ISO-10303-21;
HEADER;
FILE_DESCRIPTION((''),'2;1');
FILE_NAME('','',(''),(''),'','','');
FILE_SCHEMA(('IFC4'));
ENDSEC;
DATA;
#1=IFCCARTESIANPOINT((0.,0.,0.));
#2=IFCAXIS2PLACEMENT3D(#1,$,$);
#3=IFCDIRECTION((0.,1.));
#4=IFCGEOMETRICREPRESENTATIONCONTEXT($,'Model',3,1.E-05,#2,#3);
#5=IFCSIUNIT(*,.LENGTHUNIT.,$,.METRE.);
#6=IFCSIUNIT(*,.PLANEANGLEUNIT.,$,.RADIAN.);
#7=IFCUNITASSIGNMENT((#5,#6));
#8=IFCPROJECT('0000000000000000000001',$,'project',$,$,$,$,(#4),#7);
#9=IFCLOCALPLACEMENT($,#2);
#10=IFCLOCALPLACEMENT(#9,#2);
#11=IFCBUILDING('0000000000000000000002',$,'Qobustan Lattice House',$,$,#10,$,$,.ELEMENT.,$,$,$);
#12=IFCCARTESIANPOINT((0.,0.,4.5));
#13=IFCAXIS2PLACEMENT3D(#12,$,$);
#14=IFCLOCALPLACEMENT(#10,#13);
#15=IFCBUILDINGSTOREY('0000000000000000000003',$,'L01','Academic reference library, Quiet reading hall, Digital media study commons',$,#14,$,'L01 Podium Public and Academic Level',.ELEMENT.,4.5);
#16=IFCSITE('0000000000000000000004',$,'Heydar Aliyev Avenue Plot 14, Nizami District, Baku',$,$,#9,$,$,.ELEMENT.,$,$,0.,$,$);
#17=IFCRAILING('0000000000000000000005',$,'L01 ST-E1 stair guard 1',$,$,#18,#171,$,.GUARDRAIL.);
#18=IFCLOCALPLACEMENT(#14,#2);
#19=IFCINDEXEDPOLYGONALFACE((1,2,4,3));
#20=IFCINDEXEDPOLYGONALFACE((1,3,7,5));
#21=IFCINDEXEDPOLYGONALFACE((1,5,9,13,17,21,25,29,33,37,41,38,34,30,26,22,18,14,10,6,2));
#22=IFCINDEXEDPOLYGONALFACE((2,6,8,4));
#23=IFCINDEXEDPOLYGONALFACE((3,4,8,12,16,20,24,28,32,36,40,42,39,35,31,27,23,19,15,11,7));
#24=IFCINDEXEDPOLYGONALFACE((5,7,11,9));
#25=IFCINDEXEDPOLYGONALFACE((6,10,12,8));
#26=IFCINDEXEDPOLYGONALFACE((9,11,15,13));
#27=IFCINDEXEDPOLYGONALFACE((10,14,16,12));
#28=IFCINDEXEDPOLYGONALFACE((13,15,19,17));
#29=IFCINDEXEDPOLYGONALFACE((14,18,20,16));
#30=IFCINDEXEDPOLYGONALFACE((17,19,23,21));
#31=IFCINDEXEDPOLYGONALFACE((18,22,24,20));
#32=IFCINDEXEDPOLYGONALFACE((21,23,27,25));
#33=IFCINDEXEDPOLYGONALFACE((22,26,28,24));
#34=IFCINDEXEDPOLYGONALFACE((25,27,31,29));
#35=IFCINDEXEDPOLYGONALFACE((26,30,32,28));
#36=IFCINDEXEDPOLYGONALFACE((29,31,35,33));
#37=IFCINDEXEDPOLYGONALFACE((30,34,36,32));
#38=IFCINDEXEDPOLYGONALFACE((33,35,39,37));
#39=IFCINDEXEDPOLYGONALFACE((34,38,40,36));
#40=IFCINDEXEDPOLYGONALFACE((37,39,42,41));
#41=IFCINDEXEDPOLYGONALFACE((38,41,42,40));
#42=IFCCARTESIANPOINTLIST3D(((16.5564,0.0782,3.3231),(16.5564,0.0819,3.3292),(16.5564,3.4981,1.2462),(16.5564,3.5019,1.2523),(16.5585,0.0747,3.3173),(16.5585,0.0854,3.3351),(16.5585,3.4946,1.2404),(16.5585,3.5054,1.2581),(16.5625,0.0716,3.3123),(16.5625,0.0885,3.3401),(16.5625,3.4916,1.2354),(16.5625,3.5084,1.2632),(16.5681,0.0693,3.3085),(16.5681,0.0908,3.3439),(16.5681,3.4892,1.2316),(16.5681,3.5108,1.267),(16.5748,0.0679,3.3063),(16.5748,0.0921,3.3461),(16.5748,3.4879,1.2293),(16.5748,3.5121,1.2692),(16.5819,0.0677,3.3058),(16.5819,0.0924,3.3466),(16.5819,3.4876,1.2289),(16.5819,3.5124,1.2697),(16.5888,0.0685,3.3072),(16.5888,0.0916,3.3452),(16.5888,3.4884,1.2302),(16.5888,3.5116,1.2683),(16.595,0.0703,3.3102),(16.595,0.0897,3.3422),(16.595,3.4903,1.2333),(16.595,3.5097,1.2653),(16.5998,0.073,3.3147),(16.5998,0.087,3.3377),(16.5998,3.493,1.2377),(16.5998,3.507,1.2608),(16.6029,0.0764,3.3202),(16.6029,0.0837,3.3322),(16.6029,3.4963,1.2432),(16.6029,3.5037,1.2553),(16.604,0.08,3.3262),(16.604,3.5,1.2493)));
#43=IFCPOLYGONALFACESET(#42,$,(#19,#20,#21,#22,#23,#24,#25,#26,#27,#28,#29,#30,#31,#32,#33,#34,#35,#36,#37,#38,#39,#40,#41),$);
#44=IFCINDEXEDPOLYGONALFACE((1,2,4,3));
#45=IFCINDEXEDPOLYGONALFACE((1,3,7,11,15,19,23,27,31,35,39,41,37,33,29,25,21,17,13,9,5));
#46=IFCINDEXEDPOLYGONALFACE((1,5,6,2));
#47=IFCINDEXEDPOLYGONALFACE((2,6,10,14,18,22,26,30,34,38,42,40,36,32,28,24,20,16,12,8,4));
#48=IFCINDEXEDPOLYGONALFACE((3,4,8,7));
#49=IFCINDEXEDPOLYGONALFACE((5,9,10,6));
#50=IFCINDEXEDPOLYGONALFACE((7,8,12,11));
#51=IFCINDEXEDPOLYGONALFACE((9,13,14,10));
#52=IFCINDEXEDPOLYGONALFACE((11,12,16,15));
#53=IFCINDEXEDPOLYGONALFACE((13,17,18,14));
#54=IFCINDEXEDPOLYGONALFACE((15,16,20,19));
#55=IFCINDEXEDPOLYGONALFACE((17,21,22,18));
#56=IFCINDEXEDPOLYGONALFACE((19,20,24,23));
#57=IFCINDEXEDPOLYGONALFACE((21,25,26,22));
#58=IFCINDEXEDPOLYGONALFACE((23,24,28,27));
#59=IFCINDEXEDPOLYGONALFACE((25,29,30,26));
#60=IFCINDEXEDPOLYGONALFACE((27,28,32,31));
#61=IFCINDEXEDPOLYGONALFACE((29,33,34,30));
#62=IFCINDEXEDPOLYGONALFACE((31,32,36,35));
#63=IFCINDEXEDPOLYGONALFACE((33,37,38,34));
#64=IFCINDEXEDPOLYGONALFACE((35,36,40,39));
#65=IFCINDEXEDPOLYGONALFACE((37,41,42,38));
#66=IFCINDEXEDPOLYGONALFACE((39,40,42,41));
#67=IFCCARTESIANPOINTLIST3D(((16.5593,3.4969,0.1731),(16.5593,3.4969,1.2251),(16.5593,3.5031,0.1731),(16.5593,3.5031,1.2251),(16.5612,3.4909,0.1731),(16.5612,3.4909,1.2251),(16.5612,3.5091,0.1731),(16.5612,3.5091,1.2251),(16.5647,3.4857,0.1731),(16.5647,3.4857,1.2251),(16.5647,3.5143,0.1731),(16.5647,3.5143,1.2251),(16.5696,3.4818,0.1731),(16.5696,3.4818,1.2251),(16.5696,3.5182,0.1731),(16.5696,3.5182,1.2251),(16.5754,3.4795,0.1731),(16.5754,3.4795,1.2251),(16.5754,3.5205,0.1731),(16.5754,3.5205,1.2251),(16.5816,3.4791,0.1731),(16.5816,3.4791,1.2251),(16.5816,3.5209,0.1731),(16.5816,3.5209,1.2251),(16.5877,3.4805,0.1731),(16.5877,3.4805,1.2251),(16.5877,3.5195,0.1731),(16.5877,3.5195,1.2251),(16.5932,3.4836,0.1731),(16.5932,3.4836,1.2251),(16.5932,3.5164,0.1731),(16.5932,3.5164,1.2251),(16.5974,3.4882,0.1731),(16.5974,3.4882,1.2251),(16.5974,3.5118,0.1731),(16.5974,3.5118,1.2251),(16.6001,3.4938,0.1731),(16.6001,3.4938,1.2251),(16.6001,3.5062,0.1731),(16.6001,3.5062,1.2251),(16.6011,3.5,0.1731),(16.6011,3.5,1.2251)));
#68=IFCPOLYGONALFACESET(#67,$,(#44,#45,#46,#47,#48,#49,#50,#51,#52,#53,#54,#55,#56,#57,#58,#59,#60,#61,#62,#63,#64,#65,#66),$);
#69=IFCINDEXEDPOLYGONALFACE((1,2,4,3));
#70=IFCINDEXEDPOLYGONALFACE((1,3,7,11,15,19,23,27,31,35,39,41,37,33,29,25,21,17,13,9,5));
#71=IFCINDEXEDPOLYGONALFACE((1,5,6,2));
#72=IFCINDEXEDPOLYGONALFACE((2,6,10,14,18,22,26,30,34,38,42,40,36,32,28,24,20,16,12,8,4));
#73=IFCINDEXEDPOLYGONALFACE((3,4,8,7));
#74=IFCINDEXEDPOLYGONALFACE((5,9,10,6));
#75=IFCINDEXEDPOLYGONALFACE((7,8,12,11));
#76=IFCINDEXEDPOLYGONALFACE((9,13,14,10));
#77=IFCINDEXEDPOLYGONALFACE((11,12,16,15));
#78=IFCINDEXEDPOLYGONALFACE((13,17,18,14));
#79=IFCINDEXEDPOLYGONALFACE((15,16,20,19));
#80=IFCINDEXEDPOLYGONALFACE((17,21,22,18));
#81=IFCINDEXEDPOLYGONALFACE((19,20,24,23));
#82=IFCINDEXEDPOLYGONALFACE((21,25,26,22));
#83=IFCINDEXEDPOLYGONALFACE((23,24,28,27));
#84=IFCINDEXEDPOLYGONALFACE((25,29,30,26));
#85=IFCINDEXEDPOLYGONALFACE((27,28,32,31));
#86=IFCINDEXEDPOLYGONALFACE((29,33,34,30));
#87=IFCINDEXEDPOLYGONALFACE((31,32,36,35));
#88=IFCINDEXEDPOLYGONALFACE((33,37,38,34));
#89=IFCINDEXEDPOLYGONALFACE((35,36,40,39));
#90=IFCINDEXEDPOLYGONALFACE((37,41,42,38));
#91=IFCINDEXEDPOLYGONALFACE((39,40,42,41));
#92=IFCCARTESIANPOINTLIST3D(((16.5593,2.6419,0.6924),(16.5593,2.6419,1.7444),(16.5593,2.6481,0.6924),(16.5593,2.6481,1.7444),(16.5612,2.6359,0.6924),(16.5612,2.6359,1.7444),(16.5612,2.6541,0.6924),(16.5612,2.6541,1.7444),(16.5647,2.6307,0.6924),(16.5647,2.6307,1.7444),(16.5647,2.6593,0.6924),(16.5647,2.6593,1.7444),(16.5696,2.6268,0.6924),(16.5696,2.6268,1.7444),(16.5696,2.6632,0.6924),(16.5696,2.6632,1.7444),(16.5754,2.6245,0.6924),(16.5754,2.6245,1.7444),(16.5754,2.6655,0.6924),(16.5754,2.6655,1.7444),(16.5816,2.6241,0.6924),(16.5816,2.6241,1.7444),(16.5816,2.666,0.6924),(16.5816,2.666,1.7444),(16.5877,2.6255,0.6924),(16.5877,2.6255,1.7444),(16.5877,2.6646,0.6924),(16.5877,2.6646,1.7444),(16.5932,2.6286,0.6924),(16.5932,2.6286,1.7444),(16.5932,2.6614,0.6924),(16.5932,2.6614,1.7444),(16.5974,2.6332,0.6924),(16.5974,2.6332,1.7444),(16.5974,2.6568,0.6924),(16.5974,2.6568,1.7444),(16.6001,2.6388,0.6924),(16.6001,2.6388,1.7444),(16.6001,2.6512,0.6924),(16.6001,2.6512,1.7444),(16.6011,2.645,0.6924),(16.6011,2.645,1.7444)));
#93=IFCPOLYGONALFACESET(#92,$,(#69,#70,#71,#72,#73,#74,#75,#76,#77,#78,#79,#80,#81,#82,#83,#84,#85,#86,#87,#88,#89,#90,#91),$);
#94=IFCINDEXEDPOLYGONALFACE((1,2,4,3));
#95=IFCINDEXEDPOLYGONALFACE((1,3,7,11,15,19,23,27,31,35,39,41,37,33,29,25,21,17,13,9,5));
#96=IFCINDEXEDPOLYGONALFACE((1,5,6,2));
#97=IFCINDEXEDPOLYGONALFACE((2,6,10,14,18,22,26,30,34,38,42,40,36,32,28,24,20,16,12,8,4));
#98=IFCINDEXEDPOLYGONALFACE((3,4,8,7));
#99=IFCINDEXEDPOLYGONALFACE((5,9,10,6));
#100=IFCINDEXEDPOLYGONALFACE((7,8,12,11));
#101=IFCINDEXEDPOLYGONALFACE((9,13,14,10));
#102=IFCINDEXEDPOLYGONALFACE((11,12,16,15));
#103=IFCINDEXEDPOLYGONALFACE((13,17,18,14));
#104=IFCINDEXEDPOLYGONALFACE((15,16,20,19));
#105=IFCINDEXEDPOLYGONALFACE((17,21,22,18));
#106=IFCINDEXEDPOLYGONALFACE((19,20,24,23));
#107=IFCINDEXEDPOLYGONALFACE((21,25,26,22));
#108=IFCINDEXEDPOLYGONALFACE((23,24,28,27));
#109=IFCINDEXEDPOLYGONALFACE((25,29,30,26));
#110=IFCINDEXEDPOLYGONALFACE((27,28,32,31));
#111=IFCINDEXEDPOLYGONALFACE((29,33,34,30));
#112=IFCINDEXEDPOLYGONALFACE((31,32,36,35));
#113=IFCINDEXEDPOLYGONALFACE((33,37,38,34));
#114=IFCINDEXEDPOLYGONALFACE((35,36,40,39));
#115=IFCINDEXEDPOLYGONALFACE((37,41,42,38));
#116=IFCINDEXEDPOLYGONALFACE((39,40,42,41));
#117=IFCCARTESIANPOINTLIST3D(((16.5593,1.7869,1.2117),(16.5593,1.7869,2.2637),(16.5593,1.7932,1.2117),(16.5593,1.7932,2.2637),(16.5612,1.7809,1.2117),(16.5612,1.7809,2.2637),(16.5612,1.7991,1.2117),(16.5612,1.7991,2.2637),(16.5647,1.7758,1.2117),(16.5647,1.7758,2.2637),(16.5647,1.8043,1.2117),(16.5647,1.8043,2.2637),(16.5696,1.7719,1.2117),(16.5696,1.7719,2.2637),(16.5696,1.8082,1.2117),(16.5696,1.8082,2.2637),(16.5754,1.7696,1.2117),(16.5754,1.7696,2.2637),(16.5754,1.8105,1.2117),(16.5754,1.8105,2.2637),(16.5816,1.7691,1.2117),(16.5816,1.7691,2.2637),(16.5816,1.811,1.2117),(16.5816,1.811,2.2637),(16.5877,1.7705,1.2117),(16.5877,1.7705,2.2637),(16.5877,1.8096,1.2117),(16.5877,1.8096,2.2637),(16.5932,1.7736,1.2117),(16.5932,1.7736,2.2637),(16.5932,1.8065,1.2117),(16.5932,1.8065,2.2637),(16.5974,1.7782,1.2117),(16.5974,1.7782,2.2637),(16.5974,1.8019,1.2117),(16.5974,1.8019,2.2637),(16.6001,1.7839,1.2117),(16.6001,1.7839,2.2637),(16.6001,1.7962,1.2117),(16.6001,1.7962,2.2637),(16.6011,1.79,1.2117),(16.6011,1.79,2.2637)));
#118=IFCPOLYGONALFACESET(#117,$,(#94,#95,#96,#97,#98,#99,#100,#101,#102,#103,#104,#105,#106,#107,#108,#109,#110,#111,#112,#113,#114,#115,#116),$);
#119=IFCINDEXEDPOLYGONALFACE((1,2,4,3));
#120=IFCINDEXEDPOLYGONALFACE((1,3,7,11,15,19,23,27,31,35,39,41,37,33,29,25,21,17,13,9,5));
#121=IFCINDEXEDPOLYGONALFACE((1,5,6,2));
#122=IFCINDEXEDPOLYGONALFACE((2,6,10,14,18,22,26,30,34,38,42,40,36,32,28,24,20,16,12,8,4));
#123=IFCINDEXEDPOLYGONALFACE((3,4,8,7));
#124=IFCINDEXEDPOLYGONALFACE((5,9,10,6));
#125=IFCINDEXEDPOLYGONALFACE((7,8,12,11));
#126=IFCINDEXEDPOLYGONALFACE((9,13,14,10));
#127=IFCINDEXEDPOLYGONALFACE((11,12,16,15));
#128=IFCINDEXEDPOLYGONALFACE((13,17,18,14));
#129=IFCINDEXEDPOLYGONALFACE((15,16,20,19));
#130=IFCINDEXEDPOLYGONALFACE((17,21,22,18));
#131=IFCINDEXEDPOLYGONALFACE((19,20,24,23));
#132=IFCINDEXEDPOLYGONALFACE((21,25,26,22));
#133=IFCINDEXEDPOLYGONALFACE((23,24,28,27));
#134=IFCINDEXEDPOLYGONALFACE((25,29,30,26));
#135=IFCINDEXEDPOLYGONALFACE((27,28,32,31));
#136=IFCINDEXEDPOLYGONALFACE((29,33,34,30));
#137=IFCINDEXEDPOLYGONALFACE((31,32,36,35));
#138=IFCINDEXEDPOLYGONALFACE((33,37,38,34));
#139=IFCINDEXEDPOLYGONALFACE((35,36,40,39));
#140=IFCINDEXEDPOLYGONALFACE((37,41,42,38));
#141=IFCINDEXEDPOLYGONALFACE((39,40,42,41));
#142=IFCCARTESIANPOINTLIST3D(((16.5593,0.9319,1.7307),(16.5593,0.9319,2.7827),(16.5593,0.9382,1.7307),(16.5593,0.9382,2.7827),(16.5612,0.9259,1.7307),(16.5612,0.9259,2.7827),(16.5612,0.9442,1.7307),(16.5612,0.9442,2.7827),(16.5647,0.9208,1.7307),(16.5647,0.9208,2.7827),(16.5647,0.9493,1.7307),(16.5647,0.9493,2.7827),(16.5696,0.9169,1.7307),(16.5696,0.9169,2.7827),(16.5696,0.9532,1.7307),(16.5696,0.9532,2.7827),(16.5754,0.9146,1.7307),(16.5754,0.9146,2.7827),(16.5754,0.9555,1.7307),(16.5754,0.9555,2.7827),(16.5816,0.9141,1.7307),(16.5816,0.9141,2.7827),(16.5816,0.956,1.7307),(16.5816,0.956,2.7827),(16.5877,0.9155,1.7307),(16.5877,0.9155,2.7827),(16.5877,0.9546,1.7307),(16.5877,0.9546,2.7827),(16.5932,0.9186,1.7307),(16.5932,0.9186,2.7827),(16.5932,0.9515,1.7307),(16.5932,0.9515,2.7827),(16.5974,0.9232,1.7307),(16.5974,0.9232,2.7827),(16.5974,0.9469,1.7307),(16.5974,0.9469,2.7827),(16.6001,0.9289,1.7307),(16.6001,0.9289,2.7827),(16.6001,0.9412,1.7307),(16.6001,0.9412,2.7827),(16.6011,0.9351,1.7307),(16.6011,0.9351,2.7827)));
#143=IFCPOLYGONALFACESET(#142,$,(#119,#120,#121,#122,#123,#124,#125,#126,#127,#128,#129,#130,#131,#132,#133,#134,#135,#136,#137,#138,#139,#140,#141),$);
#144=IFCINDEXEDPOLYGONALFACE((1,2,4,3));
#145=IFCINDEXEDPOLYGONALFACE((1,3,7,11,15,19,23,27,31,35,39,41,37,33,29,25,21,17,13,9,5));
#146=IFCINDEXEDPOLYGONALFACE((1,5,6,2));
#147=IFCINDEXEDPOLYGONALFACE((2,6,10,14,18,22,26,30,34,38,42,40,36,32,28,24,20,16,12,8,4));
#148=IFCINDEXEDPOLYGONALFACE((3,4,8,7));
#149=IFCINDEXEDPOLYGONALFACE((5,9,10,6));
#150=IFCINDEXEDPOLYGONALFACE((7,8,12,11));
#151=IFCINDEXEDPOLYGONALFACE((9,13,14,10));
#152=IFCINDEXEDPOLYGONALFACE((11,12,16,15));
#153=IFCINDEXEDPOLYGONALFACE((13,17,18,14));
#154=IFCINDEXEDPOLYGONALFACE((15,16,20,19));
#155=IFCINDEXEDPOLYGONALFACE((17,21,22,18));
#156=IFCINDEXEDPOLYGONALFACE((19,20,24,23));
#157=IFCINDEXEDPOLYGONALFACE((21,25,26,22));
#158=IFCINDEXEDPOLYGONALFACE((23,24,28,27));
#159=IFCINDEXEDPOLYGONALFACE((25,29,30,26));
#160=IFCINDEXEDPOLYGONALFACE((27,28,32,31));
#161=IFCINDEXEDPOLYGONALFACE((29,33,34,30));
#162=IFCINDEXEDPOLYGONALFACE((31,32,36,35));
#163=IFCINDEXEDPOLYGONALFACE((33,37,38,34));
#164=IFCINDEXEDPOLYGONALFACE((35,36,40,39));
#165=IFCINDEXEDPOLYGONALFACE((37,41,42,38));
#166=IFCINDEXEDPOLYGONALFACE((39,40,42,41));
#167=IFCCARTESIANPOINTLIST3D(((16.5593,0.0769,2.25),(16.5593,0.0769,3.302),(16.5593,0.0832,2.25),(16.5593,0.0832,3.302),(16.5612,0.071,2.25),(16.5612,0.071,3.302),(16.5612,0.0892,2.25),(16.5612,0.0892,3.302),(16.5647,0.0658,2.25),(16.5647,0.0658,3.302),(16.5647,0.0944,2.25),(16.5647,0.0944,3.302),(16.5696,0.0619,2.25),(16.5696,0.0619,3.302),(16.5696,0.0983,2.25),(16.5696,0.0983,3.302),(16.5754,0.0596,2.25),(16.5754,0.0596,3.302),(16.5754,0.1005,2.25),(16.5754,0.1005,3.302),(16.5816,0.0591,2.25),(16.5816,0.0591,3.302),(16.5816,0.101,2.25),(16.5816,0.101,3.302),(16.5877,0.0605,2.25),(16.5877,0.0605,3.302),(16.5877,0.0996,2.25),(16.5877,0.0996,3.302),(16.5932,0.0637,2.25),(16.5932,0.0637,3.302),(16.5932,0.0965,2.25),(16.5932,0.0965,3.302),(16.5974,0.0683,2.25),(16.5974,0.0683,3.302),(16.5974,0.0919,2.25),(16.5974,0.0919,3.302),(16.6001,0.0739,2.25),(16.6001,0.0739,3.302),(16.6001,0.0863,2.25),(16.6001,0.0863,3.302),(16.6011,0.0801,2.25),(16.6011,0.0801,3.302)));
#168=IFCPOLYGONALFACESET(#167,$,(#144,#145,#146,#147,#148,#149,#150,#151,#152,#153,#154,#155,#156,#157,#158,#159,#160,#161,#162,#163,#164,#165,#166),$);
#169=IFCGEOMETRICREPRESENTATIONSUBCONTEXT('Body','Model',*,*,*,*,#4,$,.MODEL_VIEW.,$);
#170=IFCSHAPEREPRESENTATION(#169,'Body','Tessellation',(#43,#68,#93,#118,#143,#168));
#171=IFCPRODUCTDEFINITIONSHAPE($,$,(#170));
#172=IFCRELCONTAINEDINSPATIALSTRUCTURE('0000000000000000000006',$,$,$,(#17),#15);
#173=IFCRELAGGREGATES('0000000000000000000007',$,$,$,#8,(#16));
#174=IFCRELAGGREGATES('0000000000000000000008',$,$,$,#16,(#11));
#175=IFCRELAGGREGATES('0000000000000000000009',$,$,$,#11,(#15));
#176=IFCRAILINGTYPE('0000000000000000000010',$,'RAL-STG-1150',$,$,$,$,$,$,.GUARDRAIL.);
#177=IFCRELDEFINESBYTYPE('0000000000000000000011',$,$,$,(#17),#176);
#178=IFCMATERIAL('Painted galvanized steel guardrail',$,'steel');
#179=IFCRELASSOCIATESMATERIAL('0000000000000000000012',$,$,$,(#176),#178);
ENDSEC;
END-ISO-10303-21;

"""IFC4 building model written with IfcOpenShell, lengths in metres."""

from ifc_helpers import new_model, si_unit, direction, frame, origin, origin_2d, place, context, subcontext, project, spatial, circle, extrude, material, type_object, element, save


model = new_model("IFC4")

# Units and contexts
model_context = context("Model", 3, precision=1e-05, world=origin(), true_north=direction((0.0, 1.0)))
body_context = subcontext(model_context, "Body", "Model", "MODEL_VIEW")
ifc_project = project(units=[si_unit("LENGTHUNIT", "METRE"), si_unit("PLANEANGLEUNIT", "RADIAN")], contexts=[model_context])

# Site, building, storey
site_placement = place(None, origin())
site = spatial("IfcSite", under=ifc_project, at=site_placement, Name="Heydar Aliyev Avenue Plot 14, Nizami District, Baku", CompositionType="ELEMENT", RefElevation=0.0)
building_placement = place(site_placement, origin())
building = spatial("IfcBuilding", under=site, at=building_placement, Name="Qobustan Lattice House", CompositionType="ELEMENT")
storey_placement = place(building_placement, frame((0.0, 0.0, 4.5)))
storey = spatial("IfcBuildingStorey", under=building, at=storey_placement, Name="L01", Description="Academic reference library, Quiet reading hall, Digital media study commons", LongName="L01 Podium Public and Academic Level", CompositionType="ELEMENT", Elevation=4.5)

# Railing
ifc_material_1 = material(Name="Painted galvanized steel guardrail", Category="steel")
railing_type_1 = type_object("IfcRailingType", Name="RAL-STG-1150", PredefinedType="GUARDRAIL", material=ifc_material_1)
railing_1_placement = place(storey_placement, frame((16.5801, 3.5, 0.1731)))
element("IfcRailing", 1, at=railing_1_placement, inside=storey, type_object=railing_type_1, Name="L01 ST-E1 stair guard 1", PredefinedType="GUARDRAIL", context=body_context, shape_type="SweptSolid", body=[
    extrude(circle(Radius=0.0239, at=origin_2d()), frame((0.0, 0.0, 1.0762), z_axis=(0.0, -0.85473, 0.519074), x_axis=(1.0, 0.0, 0.0)), (0.0, 0.0, 1.0), 4.0012),
    extrude(circle(Radius=0.021, at=origin_2d()), origin(), (0.0, 0.0, 1.0), 1.052),
    extrude(circle(Radius=0.021, at=origin_2d()), frame((0.0, -0.855, 0.5193)), (0.0, 0.0, 1.0), 1.052),
    extrude(circle(Radius=0.021, at=origin_2d()), frame((0.0, -1.71, 1.0386)), (0.0, 0.0, 1.0), 1.052),
    extrude(circle(Radius=0.021, at=origin_2d()), frame((0.0, -2.5649, 1.5576)), (0.0, 0.0, 1.0), 1.052),
    extrude(circle(Radius=0.021, at=origin_2d()), frame((0.0, -3.4199, 2.0769)), (0.0, 0.0, 1.0), 1.052),
])

save(model, "model.ifc")
